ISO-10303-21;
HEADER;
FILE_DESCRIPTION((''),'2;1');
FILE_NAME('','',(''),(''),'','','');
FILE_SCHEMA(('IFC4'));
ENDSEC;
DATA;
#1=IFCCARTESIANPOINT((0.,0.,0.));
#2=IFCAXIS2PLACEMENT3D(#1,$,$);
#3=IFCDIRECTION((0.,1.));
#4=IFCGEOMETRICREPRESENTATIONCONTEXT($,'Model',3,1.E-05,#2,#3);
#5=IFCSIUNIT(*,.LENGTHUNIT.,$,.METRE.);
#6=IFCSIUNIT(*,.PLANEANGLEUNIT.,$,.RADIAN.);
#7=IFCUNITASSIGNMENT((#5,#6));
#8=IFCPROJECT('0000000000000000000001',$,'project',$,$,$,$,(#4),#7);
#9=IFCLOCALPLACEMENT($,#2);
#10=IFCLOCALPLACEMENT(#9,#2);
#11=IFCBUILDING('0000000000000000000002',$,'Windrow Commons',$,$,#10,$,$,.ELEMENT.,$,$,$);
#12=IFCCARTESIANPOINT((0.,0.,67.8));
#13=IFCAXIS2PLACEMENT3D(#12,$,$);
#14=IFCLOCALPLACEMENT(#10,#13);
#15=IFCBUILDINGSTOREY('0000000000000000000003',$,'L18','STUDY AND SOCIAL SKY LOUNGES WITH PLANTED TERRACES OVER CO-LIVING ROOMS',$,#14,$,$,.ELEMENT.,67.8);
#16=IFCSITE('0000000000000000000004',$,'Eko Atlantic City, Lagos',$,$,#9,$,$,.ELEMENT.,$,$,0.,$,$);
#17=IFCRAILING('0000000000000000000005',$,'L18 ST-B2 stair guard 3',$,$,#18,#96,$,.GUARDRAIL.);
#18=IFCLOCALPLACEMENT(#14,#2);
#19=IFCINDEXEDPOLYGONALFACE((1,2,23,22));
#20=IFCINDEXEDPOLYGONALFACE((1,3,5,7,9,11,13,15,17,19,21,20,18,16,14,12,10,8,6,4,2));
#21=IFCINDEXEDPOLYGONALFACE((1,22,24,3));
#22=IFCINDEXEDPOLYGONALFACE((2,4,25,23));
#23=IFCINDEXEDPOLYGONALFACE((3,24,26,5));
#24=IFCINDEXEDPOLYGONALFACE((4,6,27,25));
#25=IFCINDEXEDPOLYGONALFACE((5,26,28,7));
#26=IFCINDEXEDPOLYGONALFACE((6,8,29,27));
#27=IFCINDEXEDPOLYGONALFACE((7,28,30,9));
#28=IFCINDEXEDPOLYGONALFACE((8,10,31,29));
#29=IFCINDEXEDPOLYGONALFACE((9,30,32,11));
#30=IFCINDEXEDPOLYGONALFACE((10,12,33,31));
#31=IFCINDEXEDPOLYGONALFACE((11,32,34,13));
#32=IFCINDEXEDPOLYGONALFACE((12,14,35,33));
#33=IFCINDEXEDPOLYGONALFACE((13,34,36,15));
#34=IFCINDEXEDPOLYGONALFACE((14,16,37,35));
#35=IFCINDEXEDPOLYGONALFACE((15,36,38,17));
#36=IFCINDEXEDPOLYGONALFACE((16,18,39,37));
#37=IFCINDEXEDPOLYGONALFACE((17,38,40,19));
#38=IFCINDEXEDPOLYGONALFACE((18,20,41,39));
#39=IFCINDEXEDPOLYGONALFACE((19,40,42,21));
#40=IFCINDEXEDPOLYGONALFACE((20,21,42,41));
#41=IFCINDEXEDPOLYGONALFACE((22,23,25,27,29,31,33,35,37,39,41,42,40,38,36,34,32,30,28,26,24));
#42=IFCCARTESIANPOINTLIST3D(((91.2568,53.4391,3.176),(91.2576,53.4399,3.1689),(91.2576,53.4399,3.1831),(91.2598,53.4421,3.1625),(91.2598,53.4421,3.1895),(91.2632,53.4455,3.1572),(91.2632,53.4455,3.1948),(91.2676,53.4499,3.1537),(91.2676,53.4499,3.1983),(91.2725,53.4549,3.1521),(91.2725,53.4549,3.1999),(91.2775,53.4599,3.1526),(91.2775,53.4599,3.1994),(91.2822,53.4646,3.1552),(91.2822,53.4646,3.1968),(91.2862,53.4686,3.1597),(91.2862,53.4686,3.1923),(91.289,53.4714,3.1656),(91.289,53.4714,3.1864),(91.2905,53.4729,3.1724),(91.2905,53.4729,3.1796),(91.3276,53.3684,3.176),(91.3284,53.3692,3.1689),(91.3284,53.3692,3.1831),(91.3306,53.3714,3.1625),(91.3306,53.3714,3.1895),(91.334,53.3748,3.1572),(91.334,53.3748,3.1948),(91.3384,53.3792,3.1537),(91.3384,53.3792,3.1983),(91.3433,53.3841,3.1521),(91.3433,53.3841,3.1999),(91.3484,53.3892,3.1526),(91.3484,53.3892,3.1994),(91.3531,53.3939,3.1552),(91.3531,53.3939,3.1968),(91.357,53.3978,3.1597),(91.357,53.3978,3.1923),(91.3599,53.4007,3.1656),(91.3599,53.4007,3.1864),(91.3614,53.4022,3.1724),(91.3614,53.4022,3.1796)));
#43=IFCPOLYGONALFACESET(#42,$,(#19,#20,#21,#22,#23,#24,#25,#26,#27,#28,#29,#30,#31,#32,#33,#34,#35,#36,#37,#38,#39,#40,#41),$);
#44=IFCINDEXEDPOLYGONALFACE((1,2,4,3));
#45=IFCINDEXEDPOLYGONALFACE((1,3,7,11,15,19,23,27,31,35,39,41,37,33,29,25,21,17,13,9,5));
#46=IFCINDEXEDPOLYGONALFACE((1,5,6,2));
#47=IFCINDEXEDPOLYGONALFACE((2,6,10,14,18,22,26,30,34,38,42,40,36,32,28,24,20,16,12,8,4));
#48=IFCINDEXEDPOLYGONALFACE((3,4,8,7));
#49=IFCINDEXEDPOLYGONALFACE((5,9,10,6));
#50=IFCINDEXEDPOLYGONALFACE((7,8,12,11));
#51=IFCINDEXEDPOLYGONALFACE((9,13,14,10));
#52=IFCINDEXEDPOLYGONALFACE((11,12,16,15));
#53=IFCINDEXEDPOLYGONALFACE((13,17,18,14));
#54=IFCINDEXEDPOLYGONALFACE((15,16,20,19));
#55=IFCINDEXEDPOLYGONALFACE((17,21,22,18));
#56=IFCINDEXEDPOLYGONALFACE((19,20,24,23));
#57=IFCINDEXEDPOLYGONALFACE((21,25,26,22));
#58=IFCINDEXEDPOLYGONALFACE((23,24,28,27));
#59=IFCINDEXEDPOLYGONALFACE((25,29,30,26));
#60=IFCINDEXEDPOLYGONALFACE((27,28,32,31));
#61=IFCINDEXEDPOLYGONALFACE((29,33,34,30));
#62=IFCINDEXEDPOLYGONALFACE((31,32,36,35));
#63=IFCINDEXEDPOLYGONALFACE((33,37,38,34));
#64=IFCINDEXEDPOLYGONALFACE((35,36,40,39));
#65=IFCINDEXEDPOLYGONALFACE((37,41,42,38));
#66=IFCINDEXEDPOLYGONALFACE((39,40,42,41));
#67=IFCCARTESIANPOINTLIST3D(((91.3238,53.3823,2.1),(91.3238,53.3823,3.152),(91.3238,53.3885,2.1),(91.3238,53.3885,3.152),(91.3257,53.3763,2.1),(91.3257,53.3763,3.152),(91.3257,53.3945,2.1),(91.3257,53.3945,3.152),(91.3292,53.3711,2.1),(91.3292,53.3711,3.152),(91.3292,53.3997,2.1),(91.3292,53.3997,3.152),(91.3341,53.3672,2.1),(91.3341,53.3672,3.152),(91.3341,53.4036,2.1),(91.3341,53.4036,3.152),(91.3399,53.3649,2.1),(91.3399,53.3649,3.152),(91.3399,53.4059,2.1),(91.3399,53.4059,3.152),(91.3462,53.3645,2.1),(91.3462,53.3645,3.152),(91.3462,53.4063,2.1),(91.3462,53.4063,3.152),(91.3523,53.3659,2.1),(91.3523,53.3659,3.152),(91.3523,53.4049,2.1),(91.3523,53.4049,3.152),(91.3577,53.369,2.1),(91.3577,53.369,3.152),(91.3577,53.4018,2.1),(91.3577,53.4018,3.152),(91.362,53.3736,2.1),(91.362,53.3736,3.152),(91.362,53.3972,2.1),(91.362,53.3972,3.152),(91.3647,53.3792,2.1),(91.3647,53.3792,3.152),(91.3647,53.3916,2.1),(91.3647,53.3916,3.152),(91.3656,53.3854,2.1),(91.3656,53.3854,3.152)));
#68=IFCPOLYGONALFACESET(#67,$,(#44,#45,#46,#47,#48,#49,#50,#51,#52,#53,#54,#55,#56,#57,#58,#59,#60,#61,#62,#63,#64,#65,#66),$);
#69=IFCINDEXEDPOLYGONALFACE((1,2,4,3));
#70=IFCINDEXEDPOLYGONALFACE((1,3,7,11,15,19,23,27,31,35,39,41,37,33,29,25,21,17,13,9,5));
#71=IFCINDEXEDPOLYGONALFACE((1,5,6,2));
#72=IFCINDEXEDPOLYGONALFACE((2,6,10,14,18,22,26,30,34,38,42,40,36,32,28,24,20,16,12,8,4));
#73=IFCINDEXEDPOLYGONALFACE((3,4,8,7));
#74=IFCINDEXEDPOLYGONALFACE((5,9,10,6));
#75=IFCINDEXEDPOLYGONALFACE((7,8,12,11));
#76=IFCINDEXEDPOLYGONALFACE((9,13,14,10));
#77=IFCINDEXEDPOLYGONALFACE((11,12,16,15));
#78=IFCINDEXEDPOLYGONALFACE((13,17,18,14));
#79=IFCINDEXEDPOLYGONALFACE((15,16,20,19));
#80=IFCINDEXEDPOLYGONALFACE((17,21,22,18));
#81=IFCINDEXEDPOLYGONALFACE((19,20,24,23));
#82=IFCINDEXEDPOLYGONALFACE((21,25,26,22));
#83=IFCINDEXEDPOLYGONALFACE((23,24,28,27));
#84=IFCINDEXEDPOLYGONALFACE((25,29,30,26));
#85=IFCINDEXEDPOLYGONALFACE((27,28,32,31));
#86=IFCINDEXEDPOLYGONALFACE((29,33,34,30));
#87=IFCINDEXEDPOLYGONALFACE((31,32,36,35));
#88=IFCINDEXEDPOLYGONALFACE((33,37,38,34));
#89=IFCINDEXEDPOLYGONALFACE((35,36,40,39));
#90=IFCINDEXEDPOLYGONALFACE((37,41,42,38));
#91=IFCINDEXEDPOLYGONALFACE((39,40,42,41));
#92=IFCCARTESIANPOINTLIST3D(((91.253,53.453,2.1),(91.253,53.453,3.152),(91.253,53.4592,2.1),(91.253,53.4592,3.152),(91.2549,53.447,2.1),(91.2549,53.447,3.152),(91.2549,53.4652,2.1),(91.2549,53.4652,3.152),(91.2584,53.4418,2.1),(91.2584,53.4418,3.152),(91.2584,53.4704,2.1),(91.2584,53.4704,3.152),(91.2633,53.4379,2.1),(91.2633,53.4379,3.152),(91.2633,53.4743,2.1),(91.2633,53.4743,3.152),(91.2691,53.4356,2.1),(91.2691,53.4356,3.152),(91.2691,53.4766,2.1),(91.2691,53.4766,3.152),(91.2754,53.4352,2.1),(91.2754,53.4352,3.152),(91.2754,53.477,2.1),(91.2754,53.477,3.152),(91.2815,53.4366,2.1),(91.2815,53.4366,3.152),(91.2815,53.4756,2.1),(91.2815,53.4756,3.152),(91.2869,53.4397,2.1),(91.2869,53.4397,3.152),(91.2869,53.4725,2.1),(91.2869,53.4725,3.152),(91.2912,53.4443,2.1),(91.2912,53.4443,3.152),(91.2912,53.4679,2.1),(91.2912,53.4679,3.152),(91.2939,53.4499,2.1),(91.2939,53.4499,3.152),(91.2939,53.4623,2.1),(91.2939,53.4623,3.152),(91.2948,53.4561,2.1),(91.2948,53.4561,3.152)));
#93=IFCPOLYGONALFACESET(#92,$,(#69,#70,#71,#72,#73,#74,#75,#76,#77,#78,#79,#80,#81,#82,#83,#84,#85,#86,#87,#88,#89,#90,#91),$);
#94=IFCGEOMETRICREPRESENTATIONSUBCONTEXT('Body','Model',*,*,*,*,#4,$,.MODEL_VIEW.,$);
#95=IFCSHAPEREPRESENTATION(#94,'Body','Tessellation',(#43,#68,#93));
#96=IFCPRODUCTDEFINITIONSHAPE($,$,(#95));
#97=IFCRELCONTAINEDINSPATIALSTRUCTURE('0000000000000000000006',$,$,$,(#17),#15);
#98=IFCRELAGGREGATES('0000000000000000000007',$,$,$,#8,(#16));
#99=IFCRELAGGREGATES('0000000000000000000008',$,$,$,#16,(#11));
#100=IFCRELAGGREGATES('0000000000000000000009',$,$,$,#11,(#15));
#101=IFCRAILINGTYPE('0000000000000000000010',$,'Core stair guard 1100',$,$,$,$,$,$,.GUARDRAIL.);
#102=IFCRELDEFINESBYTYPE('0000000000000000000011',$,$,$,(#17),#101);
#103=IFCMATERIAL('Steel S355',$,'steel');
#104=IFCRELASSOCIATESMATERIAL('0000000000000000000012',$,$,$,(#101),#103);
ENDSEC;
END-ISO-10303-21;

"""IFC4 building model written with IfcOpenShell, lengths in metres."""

from ifc_helpers import new_model, si_unit, direction, frame, origin, origin_2d, place, context, subcontext, project, spatial, circle, extrude, material, type_object, element, save


model = new_model("IFC4")

# Units and contexts
model_context = context("Model", 3, precision=1e-05, world=origin(), true_north=direction((0.0, 1.0)))
body_context = subcontext(model_context, "Body", "Model", "MODEL_VIEW")
ifc_project = project(units=[si_unit("LENGTHUNIT", "METRE"), si_unit("PLANEANGLEUNIT", "RADIAN")], contexts=[model_context])

# Site, building, storey
site_placement = place(None, origin())
site = spatial("IfcSite", under=ifc_project, at=site_placement, Name="Eko Atlantic City, Lagos", CompositionType="ELEMENT", RefElevation=0.0)
building_placement = place(site_placement, origin())
building = spatial("IfcBuilding", under=site, at=building_placement, Name="Windrow Commons", CompositionType="ELEMENT")
storey_placement = place(building_placement, frame((0.0, 0.0, 67.8)))
storey = spatial("IfcBuildingStorey", under=building, at=storey_placement, Name="L18", Description="STUDY AND SOCIAL SKY LOUNGES WITH PLANTED TERRACES OVER CO-LIVING ROOMS", CompositionType="ELEMENT", Elevation=67.8)

# Railing
ifc_material_1 = material(Name="Steel S355", Category="steel")
railing_type_1 = type_object("IfcRailingType", Name="Core stair guard 1100", PredefinedType="GUARDRAIL", material=ifc_material_1)
railing_1_placement = place(storey_placement, frame((91.3446, 53.3854, 2.1)))
element("IfcRailing", 1, at=railing_1_placement, inside=storey, type_object=railing_type_1, Name="L18 ST-B2 stair guard 3", PredefinedType="GUARDRAIL", context=body_context, shape_type="SweptSolid", body=[
    extrude(circle(Radius=0.024, at=origin_2d()), frame((0.0, 0.0, 1.076), z_axis=(-0.707606, 0.706607, 0.0), x_axis=(-0.706607, -0.707606, 0.0)), (0.0, 0.0, 1.0), 0.1001),
    extrude(circle(Radius=0.021, at=origin_2d()), origin(), (0.0, 0.0, 1.0), 1.052),
    extrude(circle(Radius=0.021, at=origin_2d()), frame((-0.0708, 0.0707, 0.0)), (0.0, 0.0, 1.0), 1.052),
])

save(model, "model.ifc")
